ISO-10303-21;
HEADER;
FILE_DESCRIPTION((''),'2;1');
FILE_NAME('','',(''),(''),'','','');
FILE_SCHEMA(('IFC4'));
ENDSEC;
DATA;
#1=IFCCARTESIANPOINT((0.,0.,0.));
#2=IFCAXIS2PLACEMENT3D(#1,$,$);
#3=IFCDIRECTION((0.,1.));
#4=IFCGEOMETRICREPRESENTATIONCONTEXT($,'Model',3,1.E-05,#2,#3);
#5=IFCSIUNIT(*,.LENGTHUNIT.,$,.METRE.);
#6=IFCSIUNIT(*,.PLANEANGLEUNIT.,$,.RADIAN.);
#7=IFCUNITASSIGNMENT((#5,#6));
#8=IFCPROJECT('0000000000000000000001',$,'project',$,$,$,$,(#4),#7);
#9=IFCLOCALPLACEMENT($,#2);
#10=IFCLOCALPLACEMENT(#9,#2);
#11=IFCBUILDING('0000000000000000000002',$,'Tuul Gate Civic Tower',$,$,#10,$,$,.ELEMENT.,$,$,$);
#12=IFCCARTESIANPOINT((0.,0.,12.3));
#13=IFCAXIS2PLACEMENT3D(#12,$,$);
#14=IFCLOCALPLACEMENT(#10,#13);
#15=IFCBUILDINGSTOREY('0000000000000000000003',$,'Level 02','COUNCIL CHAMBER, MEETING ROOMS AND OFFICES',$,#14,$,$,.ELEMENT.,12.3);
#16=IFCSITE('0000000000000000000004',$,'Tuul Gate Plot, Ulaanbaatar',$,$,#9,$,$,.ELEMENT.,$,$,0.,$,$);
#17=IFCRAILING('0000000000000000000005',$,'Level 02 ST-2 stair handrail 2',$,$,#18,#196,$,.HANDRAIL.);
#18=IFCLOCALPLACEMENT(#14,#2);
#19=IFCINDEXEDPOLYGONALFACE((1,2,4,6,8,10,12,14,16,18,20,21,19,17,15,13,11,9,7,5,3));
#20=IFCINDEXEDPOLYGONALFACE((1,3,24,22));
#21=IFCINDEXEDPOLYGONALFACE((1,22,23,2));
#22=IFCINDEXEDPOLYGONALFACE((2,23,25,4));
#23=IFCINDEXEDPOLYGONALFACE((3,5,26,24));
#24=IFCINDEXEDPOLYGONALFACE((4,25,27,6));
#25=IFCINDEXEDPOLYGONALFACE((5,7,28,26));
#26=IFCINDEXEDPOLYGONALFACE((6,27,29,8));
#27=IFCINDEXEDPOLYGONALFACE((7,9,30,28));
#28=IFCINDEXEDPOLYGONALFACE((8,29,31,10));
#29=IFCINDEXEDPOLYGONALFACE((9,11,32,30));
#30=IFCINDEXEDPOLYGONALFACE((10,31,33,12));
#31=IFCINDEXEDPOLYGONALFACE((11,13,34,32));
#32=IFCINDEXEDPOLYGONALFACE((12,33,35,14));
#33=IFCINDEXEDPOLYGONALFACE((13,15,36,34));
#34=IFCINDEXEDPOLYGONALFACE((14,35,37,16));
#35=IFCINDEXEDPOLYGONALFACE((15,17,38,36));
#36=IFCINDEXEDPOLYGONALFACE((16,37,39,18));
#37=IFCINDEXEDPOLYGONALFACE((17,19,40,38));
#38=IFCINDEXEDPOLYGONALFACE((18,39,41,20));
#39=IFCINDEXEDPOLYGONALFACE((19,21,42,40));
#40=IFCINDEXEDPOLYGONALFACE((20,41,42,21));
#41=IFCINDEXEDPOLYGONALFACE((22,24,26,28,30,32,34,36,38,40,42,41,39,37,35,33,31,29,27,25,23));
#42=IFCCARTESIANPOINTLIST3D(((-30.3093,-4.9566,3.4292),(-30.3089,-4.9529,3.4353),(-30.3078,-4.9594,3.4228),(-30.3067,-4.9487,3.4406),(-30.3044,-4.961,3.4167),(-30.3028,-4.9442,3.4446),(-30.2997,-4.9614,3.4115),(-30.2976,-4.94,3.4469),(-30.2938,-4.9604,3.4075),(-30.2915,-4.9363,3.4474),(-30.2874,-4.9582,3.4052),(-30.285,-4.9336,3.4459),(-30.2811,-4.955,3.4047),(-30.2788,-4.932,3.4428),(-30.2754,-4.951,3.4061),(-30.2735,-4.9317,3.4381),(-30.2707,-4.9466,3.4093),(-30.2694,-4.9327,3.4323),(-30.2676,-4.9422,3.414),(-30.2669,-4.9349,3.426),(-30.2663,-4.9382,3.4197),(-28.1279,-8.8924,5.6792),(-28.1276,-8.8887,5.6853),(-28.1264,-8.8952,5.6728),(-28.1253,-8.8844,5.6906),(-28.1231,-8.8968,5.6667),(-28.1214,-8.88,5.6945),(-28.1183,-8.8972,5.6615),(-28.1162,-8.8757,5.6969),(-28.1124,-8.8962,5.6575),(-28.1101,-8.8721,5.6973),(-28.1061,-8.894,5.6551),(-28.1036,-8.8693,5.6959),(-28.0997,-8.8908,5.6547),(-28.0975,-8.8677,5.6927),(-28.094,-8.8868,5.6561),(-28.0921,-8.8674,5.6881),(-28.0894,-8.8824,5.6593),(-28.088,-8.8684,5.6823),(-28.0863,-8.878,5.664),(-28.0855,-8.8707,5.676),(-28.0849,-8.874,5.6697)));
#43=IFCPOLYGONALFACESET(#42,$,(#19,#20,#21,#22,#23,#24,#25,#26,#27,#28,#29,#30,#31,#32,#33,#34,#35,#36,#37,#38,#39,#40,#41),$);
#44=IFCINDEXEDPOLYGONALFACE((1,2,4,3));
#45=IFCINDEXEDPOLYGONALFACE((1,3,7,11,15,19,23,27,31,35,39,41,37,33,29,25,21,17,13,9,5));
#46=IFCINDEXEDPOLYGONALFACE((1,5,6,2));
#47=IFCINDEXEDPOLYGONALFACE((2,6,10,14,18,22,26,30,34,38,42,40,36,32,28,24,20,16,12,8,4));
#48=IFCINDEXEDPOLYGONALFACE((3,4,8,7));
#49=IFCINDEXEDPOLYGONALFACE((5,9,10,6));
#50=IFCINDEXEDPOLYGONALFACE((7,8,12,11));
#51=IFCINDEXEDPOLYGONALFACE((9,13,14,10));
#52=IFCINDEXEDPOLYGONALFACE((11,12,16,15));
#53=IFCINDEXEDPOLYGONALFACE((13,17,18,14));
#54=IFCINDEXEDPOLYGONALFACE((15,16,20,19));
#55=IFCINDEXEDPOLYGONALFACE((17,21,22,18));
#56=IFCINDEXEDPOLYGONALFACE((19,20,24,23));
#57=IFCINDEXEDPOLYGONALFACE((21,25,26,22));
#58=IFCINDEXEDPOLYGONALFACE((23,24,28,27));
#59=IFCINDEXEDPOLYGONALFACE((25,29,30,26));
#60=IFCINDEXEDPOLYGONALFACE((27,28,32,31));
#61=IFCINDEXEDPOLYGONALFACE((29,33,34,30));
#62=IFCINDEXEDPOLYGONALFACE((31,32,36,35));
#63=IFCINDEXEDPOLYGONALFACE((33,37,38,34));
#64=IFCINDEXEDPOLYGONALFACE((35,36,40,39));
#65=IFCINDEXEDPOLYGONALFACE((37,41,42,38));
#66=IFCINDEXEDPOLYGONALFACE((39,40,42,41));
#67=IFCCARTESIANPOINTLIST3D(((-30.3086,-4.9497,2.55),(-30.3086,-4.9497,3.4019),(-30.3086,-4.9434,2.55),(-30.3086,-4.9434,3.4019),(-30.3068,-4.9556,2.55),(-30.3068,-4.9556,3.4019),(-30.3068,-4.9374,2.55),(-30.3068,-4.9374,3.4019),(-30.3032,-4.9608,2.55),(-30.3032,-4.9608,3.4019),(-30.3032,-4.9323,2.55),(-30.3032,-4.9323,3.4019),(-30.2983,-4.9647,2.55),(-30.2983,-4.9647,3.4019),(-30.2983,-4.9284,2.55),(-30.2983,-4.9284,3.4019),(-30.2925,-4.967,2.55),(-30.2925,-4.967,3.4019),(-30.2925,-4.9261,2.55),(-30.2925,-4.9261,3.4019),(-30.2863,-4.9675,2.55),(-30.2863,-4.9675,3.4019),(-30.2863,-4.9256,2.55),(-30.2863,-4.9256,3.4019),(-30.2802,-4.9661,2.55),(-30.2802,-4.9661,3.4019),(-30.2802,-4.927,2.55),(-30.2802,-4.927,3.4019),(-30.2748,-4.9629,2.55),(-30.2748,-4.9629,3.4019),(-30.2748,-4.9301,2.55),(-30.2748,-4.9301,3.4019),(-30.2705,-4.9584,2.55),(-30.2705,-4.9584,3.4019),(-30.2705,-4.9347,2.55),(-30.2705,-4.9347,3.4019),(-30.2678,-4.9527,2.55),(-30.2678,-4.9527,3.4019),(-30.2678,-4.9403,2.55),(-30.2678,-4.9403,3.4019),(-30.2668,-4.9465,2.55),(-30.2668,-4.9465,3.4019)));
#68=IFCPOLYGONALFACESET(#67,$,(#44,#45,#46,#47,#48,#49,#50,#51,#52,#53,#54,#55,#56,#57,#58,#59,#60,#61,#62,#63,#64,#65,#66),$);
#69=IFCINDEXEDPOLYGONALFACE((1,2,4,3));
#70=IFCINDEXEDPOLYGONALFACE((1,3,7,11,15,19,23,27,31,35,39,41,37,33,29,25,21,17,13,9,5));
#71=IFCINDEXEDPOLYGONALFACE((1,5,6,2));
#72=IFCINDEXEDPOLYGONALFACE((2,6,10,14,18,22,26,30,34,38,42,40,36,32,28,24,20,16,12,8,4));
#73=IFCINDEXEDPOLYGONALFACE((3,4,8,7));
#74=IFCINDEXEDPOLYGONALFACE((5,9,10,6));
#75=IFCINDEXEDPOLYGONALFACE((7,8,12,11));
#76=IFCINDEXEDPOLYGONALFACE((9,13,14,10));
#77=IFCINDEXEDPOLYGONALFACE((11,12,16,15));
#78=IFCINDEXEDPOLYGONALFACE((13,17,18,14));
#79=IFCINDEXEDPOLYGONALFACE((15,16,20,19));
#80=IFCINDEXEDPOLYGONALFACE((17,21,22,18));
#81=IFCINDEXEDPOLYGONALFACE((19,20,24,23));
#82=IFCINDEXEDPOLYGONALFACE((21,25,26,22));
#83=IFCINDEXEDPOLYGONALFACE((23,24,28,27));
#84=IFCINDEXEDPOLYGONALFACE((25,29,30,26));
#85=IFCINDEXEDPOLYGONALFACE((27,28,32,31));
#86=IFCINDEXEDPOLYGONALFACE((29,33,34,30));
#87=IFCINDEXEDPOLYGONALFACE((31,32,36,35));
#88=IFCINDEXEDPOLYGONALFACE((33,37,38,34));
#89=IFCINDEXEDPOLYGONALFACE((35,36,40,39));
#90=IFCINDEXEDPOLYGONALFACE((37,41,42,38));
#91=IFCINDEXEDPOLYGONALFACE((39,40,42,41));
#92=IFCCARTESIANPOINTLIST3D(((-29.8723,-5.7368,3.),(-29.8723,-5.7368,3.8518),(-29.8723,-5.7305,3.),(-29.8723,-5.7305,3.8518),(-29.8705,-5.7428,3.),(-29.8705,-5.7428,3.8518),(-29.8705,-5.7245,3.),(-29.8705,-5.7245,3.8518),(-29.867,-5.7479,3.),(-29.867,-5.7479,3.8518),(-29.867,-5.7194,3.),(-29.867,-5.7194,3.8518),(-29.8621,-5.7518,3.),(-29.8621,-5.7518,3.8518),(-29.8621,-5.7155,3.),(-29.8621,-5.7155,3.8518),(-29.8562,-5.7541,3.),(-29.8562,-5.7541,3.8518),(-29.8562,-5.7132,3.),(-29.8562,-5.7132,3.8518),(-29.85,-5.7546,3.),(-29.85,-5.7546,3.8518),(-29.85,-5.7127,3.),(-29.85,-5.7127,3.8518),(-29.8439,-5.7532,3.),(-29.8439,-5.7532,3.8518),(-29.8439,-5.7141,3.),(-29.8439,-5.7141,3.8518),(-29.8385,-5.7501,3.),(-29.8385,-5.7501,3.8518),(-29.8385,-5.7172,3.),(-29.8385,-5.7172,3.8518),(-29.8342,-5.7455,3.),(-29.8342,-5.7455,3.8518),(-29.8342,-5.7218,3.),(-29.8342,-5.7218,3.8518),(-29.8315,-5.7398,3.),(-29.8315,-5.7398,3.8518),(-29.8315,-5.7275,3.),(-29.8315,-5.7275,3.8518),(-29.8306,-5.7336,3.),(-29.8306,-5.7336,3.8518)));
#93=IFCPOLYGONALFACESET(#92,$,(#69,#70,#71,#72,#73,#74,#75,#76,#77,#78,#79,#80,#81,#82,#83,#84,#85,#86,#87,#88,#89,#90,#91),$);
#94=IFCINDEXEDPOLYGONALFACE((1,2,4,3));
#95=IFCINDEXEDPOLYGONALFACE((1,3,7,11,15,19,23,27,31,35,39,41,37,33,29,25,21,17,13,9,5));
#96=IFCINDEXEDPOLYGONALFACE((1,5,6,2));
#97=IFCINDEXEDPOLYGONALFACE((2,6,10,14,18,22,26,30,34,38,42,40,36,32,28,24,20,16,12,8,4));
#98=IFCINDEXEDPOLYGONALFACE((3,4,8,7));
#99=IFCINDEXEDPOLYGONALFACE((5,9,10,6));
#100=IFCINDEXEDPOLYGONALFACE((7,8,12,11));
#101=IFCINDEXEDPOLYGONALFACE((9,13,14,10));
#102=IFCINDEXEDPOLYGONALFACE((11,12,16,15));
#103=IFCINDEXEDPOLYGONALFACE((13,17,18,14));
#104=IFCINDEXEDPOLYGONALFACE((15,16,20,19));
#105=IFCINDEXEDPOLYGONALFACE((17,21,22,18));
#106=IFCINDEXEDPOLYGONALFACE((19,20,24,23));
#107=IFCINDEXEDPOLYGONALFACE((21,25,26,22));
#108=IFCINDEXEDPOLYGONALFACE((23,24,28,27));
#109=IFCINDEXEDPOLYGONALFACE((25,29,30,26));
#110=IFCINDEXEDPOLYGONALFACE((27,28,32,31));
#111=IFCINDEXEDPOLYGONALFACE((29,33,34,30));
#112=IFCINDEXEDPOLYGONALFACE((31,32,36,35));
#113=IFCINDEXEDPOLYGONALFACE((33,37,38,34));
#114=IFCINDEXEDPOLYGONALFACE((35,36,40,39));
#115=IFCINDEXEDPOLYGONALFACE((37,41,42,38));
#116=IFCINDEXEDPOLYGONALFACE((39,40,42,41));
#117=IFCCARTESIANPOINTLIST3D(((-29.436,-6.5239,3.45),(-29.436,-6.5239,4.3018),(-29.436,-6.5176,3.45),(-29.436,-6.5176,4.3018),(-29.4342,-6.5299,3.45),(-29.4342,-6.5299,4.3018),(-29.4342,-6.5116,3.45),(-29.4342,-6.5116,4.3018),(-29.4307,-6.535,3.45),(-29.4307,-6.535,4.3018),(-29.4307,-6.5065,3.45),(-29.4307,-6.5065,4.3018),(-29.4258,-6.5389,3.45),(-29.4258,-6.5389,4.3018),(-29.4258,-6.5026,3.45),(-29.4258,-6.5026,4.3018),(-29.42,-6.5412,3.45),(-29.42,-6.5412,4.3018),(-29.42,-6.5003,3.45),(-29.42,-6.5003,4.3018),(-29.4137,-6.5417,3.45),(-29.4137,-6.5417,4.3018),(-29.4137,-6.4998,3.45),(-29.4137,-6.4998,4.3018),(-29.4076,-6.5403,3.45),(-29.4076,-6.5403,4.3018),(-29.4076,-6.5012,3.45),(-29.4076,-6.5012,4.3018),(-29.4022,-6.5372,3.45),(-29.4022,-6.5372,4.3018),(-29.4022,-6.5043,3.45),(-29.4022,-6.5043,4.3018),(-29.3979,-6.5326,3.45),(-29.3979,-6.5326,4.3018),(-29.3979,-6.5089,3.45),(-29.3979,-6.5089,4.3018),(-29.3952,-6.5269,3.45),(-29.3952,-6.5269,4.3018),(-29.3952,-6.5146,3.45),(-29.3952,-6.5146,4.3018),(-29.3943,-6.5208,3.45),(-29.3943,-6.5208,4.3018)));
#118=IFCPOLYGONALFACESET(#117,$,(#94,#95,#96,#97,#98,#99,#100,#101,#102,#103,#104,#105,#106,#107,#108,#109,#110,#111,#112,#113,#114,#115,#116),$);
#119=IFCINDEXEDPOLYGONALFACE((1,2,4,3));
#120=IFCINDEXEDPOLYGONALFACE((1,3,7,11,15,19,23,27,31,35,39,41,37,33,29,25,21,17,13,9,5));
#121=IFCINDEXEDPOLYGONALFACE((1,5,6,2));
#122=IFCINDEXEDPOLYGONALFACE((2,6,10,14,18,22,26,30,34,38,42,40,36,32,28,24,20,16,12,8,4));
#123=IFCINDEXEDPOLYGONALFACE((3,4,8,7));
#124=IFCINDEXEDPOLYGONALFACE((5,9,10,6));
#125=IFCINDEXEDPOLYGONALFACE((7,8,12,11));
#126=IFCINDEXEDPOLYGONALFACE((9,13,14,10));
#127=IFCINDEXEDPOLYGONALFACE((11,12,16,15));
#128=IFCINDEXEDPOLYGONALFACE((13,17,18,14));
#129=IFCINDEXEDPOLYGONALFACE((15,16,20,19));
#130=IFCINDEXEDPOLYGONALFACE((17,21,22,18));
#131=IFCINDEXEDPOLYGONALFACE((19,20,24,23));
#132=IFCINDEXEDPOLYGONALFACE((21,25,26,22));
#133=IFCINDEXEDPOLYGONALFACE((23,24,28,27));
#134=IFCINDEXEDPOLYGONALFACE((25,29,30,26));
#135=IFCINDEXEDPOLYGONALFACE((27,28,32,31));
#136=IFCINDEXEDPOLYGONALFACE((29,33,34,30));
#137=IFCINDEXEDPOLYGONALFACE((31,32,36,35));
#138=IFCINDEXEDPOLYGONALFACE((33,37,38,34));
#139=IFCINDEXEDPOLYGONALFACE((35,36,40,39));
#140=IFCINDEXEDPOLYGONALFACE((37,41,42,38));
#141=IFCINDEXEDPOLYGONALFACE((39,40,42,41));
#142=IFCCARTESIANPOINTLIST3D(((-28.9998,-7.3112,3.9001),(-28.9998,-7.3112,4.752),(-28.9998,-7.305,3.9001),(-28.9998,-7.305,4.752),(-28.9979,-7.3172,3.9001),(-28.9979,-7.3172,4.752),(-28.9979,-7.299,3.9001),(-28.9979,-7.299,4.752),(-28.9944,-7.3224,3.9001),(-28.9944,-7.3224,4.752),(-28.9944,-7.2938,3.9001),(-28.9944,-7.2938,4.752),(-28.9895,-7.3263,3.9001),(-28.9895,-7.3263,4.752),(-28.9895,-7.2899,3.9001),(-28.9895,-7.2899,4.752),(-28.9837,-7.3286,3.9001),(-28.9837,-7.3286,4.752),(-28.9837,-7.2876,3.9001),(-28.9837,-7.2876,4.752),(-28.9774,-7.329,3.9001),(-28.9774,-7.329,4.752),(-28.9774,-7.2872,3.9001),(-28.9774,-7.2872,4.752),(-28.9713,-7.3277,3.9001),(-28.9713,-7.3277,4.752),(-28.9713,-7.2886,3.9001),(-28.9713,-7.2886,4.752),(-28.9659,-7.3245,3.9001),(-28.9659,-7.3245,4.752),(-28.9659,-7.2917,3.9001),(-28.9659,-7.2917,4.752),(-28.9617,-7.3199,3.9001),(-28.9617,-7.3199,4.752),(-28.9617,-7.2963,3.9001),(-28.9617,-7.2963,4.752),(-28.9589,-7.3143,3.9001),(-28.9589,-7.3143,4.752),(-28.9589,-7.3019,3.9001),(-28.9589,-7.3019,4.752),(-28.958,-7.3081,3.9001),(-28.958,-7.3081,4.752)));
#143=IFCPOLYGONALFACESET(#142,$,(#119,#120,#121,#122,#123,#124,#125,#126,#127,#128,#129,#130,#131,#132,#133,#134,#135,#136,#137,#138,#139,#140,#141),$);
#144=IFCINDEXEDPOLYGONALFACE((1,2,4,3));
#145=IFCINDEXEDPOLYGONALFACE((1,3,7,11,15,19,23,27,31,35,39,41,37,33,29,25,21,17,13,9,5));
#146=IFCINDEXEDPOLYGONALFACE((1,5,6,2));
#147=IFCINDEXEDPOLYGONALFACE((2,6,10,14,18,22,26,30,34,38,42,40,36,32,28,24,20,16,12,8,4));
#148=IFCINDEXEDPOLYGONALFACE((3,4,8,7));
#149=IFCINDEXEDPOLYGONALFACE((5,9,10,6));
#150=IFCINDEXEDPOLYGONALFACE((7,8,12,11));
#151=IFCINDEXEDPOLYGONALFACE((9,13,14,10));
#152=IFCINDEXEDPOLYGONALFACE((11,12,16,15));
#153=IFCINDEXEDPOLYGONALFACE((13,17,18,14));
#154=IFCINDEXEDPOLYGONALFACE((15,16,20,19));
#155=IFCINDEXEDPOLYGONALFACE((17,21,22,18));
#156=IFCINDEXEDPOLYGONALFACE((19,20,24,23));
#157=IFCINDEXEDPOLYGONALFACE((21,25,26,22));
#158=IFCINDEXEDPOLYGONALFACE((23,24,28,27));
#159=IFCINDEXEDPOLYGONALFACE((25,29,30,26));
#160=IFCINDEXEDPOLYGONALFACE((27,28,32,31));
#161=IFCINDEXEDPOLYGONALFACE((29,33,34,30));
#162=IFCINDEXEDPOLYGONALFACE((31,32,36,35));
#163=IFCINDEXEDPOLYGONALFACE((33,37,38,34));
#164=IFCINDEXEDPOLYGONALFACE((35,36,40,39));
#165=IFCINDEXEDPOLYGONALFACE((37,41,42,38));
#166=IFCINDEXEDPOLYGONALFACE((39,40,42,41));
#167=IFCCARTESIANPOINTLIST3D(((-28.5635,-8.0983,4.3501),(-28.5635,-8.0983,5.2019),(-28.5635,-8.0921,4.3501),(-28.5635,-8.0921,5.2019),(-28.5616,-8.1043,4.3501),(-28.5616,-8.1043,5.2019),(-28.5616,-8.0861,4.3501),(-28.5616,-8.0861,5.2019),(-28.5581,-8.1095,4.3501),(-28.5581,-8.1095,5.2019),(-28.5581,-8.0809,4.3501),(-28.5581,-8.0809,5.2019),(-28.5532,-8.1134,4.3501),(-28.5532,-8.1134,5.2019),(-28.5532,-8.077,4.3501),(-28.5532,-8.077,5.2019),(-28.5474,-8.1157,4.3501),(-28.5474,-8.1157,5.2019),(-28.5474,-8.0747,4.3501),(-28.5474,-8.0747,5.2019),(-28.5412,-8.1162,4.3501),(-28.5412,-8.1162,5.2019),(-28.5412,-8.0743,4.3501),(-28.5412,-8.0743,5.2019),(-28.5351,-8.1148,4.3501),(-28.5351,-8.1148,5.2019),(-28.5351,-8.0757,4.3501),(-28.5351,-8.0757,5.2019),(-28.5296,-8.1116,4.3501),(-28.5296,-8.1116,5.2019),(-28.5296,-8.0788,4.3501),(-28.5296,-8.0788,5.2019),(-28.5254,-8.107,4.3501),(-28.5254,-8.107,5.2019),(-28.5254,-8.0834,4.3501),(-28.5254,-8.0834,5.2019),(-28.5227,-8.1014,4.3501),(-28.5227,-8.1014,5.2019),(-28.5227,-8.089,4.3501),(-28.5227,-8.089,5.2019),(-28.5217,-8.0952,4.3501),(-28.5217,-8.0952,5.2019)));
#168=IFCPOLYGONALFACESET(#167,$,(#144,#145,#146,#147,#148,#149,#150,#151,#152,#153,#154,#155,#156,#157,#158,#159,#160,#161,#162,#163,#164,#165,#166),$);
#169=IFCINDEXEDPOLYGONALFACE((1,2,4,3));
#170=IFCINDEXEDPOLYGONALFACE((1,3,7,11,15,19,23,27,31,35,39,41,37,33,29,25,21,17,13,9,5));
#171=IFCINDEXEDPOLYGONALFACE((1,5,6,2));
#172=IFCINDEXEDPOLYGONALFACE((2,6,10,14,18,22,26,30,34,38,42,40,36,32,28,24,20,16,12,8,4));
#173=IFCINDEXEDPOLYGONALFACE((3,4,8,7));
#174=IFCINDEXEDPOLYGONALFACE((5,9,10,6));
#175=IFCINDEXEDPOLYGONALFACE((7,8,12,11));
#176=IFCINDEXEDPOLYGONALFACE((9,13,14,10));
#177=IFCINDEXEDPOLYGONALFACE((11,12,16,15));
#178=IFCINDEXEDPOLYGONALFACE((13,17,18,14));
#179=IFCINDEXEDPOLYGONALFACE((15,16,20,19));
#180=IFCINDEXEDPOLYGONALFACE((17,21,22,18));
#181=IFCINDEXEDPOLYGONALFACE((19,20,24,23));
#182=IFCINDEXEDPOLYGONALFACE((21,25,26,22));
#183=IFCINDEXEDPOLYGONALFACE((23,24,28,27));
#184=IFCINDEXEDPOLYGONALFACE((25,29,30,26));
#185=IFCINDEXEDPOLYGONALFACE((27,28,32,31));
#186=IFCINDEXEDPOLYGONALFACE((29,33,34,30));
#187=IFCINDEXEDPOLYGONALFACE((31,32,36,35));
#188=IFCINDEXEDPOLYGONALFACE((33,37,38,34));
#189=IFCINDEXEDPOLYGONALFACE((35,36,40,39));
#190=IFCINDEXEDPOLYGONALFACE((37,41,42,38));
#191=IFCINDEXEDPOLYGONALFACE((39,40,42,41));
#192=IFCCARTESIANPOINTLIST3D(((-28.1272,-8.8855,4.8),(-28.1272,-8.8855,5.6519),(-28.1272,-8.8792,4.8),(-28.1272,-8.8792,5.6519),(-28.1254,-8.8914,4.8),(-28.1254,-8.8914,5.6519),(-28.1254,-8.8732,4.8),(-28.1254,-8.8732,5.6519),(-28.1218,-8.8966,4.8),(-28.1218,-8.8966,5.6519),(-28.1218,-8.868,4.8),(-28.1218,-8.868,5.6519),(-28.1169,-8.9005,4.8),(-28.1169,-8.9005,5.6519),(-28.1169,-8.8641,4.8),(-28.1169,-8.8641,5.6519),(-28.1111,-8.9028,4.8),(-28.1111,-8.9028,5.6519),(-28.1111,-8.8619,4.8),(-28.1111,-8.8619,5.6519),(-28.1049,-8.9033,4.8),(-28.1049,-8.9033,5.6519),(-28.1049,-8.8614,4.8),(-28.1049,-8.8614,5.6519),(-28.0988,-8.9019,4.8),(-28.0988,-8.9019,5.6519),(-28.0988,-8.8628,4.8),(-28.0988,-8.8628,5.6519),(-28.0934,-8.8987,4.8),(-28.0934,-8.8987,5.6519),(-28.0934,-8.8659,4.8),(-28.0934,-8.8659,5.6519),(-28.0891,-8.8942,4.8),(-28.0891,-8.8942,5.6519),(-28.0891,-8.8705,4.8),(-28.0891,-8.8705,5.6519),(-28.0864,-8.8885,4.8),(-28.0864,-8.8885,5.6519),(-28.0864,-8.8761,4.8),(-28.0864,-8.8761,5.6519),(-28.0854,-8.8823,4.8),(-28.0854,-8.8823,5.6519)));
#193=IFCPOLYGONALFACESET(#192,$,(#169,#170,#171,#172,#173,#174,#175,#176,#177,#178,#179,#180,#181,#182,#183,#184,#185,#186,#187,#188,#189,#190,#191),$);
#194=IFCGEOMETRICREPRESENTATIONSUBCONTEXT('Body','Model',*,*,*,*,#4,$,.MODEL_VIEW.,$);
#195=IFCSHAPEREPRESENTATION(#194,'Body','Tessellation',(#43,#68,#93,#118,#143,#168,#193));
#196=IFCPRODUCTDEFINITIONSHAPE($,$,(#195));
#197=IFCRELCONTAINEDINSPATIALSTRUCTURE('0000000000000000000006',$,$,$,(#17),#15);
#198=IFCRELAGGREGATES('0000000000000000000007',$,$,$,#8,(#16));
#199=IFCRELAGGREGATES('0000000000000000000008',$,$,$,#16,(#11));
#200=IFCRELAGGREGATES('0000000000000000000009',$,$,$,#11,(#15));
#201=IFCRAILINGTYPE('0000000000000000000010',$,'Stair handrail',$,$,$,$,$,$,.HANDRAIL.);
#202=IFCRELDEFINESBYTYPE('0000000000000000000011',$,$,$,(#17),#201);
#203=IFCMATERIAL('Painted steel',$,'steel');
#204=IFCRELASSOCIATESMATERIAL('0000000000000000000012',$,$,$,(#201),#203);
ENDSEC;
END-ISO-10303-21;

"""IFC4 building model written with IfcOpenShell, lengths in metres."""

from ifc_helpers import new_model, si_unit, direction, frame, origin, origin_2d, place, context, subcontext, project, spatial, circle, extrude, material, type_object, element, save


model = new_model("IFC4")

# Units and contexts
model_context = context("Model", 3, precision=1e-05, world=origin(), true_north=direction((0.0, 1.0)))
body_context = subcontext(model_context, "Body", "Model", "MODEL_VIEW")
ifc_project = project(units=[si_unit("LENGTHUNIT", "METRE"), si_unit("PLANEANGLEUNIT", "RADIAN")], contexts=[model_context])

# Site, building, storey
site_placement = place(None, origin())
site = spatial("IfcSite", under=ifc_project, at=site_placement, Name="Tuul Gate Plot, Ulaanbaatar", CompositionType="ELEMENT", RefElevation=0.0)
building_placement = place(site_placement, origin())
building = spatial("IfcBuilding", under=site, at=building_placement, Name="Tuul Gate Civic Tower", CompositionType="ELEMENT")
storey_placement = place(building_placement, frame((0.0, 0.0, 12.3)))
storey = spatial("IfcBuildingStorey", under=building, at=storey_placement, Name="Level 02", Description="COUNCIL CHAMBER, MEETING ROOMS AND OFFICES", CompositionType="ELEMENT", Elevation=12.3)

# Railing
ifc_material_1 = material(Name="Painted steel", Category="steel")
railing_type_1 = type_object("IfcRailingType", Name="Stair handrail", PredefinedType="HANDRAIL", material=ifc_material_1)
railing_1_placement = place(storey_placement, frame((-30.2878, -4.9465, 2.55)))
element("IfcRailing", 1, at=railing_1_placement, inside=storey, type_object=railing_type_1, Name="Level 02 ST-2 stair handrail 2", PredefinedType="HANDRAIL", context=body_context, shape_type="SweptSolid", body=[
    extrude(circle(Radius=0.0239, at=origin_2d()), frame((0.0, 0.0, 0.876), z_axis=(0.433587, -0.7823, 0.447223), x_axis=(0.874643, 0.484767, 0.0)), (0.0, 0.0, 1.0), 5.031),
    extrude(circle(Radius=0.021, at=origin_2d()), origin(), (0.0, 0.0, 1.0), 0.8518),
    extrude(circle(Radius=0.021, at=origin_2d()), frame((0.4363, -0.7871, 0.45)), (0.0, 0.0, 1.0), 0.8518),
    extrude(circle(Radius=0.021, at=origin_2d()), frame((0.8726, -1.5742, 0.8999)), (0.0, 0.0, 1.0), 0.8518),
    extrude(circle(Radius=0.021, at=origin_2d()), frame((1.3088, -2.3616, 1.3501)), (0.0, 0.0, 1.0), 0.8518),
    extrude(circle(Radius=0.021, at=origin_2d()), frame((1.7451, -3.1487, 1.8)), (0.0, 0.0, 1.0), 0.8518),
    extrude(circle(Radius=0.021, at=origin_2d()), frame((2.1814, -3.9358, 2.25)), (0.0, 0.0, 1.0), 0.8518),
])

save(model, "model.ifc")
